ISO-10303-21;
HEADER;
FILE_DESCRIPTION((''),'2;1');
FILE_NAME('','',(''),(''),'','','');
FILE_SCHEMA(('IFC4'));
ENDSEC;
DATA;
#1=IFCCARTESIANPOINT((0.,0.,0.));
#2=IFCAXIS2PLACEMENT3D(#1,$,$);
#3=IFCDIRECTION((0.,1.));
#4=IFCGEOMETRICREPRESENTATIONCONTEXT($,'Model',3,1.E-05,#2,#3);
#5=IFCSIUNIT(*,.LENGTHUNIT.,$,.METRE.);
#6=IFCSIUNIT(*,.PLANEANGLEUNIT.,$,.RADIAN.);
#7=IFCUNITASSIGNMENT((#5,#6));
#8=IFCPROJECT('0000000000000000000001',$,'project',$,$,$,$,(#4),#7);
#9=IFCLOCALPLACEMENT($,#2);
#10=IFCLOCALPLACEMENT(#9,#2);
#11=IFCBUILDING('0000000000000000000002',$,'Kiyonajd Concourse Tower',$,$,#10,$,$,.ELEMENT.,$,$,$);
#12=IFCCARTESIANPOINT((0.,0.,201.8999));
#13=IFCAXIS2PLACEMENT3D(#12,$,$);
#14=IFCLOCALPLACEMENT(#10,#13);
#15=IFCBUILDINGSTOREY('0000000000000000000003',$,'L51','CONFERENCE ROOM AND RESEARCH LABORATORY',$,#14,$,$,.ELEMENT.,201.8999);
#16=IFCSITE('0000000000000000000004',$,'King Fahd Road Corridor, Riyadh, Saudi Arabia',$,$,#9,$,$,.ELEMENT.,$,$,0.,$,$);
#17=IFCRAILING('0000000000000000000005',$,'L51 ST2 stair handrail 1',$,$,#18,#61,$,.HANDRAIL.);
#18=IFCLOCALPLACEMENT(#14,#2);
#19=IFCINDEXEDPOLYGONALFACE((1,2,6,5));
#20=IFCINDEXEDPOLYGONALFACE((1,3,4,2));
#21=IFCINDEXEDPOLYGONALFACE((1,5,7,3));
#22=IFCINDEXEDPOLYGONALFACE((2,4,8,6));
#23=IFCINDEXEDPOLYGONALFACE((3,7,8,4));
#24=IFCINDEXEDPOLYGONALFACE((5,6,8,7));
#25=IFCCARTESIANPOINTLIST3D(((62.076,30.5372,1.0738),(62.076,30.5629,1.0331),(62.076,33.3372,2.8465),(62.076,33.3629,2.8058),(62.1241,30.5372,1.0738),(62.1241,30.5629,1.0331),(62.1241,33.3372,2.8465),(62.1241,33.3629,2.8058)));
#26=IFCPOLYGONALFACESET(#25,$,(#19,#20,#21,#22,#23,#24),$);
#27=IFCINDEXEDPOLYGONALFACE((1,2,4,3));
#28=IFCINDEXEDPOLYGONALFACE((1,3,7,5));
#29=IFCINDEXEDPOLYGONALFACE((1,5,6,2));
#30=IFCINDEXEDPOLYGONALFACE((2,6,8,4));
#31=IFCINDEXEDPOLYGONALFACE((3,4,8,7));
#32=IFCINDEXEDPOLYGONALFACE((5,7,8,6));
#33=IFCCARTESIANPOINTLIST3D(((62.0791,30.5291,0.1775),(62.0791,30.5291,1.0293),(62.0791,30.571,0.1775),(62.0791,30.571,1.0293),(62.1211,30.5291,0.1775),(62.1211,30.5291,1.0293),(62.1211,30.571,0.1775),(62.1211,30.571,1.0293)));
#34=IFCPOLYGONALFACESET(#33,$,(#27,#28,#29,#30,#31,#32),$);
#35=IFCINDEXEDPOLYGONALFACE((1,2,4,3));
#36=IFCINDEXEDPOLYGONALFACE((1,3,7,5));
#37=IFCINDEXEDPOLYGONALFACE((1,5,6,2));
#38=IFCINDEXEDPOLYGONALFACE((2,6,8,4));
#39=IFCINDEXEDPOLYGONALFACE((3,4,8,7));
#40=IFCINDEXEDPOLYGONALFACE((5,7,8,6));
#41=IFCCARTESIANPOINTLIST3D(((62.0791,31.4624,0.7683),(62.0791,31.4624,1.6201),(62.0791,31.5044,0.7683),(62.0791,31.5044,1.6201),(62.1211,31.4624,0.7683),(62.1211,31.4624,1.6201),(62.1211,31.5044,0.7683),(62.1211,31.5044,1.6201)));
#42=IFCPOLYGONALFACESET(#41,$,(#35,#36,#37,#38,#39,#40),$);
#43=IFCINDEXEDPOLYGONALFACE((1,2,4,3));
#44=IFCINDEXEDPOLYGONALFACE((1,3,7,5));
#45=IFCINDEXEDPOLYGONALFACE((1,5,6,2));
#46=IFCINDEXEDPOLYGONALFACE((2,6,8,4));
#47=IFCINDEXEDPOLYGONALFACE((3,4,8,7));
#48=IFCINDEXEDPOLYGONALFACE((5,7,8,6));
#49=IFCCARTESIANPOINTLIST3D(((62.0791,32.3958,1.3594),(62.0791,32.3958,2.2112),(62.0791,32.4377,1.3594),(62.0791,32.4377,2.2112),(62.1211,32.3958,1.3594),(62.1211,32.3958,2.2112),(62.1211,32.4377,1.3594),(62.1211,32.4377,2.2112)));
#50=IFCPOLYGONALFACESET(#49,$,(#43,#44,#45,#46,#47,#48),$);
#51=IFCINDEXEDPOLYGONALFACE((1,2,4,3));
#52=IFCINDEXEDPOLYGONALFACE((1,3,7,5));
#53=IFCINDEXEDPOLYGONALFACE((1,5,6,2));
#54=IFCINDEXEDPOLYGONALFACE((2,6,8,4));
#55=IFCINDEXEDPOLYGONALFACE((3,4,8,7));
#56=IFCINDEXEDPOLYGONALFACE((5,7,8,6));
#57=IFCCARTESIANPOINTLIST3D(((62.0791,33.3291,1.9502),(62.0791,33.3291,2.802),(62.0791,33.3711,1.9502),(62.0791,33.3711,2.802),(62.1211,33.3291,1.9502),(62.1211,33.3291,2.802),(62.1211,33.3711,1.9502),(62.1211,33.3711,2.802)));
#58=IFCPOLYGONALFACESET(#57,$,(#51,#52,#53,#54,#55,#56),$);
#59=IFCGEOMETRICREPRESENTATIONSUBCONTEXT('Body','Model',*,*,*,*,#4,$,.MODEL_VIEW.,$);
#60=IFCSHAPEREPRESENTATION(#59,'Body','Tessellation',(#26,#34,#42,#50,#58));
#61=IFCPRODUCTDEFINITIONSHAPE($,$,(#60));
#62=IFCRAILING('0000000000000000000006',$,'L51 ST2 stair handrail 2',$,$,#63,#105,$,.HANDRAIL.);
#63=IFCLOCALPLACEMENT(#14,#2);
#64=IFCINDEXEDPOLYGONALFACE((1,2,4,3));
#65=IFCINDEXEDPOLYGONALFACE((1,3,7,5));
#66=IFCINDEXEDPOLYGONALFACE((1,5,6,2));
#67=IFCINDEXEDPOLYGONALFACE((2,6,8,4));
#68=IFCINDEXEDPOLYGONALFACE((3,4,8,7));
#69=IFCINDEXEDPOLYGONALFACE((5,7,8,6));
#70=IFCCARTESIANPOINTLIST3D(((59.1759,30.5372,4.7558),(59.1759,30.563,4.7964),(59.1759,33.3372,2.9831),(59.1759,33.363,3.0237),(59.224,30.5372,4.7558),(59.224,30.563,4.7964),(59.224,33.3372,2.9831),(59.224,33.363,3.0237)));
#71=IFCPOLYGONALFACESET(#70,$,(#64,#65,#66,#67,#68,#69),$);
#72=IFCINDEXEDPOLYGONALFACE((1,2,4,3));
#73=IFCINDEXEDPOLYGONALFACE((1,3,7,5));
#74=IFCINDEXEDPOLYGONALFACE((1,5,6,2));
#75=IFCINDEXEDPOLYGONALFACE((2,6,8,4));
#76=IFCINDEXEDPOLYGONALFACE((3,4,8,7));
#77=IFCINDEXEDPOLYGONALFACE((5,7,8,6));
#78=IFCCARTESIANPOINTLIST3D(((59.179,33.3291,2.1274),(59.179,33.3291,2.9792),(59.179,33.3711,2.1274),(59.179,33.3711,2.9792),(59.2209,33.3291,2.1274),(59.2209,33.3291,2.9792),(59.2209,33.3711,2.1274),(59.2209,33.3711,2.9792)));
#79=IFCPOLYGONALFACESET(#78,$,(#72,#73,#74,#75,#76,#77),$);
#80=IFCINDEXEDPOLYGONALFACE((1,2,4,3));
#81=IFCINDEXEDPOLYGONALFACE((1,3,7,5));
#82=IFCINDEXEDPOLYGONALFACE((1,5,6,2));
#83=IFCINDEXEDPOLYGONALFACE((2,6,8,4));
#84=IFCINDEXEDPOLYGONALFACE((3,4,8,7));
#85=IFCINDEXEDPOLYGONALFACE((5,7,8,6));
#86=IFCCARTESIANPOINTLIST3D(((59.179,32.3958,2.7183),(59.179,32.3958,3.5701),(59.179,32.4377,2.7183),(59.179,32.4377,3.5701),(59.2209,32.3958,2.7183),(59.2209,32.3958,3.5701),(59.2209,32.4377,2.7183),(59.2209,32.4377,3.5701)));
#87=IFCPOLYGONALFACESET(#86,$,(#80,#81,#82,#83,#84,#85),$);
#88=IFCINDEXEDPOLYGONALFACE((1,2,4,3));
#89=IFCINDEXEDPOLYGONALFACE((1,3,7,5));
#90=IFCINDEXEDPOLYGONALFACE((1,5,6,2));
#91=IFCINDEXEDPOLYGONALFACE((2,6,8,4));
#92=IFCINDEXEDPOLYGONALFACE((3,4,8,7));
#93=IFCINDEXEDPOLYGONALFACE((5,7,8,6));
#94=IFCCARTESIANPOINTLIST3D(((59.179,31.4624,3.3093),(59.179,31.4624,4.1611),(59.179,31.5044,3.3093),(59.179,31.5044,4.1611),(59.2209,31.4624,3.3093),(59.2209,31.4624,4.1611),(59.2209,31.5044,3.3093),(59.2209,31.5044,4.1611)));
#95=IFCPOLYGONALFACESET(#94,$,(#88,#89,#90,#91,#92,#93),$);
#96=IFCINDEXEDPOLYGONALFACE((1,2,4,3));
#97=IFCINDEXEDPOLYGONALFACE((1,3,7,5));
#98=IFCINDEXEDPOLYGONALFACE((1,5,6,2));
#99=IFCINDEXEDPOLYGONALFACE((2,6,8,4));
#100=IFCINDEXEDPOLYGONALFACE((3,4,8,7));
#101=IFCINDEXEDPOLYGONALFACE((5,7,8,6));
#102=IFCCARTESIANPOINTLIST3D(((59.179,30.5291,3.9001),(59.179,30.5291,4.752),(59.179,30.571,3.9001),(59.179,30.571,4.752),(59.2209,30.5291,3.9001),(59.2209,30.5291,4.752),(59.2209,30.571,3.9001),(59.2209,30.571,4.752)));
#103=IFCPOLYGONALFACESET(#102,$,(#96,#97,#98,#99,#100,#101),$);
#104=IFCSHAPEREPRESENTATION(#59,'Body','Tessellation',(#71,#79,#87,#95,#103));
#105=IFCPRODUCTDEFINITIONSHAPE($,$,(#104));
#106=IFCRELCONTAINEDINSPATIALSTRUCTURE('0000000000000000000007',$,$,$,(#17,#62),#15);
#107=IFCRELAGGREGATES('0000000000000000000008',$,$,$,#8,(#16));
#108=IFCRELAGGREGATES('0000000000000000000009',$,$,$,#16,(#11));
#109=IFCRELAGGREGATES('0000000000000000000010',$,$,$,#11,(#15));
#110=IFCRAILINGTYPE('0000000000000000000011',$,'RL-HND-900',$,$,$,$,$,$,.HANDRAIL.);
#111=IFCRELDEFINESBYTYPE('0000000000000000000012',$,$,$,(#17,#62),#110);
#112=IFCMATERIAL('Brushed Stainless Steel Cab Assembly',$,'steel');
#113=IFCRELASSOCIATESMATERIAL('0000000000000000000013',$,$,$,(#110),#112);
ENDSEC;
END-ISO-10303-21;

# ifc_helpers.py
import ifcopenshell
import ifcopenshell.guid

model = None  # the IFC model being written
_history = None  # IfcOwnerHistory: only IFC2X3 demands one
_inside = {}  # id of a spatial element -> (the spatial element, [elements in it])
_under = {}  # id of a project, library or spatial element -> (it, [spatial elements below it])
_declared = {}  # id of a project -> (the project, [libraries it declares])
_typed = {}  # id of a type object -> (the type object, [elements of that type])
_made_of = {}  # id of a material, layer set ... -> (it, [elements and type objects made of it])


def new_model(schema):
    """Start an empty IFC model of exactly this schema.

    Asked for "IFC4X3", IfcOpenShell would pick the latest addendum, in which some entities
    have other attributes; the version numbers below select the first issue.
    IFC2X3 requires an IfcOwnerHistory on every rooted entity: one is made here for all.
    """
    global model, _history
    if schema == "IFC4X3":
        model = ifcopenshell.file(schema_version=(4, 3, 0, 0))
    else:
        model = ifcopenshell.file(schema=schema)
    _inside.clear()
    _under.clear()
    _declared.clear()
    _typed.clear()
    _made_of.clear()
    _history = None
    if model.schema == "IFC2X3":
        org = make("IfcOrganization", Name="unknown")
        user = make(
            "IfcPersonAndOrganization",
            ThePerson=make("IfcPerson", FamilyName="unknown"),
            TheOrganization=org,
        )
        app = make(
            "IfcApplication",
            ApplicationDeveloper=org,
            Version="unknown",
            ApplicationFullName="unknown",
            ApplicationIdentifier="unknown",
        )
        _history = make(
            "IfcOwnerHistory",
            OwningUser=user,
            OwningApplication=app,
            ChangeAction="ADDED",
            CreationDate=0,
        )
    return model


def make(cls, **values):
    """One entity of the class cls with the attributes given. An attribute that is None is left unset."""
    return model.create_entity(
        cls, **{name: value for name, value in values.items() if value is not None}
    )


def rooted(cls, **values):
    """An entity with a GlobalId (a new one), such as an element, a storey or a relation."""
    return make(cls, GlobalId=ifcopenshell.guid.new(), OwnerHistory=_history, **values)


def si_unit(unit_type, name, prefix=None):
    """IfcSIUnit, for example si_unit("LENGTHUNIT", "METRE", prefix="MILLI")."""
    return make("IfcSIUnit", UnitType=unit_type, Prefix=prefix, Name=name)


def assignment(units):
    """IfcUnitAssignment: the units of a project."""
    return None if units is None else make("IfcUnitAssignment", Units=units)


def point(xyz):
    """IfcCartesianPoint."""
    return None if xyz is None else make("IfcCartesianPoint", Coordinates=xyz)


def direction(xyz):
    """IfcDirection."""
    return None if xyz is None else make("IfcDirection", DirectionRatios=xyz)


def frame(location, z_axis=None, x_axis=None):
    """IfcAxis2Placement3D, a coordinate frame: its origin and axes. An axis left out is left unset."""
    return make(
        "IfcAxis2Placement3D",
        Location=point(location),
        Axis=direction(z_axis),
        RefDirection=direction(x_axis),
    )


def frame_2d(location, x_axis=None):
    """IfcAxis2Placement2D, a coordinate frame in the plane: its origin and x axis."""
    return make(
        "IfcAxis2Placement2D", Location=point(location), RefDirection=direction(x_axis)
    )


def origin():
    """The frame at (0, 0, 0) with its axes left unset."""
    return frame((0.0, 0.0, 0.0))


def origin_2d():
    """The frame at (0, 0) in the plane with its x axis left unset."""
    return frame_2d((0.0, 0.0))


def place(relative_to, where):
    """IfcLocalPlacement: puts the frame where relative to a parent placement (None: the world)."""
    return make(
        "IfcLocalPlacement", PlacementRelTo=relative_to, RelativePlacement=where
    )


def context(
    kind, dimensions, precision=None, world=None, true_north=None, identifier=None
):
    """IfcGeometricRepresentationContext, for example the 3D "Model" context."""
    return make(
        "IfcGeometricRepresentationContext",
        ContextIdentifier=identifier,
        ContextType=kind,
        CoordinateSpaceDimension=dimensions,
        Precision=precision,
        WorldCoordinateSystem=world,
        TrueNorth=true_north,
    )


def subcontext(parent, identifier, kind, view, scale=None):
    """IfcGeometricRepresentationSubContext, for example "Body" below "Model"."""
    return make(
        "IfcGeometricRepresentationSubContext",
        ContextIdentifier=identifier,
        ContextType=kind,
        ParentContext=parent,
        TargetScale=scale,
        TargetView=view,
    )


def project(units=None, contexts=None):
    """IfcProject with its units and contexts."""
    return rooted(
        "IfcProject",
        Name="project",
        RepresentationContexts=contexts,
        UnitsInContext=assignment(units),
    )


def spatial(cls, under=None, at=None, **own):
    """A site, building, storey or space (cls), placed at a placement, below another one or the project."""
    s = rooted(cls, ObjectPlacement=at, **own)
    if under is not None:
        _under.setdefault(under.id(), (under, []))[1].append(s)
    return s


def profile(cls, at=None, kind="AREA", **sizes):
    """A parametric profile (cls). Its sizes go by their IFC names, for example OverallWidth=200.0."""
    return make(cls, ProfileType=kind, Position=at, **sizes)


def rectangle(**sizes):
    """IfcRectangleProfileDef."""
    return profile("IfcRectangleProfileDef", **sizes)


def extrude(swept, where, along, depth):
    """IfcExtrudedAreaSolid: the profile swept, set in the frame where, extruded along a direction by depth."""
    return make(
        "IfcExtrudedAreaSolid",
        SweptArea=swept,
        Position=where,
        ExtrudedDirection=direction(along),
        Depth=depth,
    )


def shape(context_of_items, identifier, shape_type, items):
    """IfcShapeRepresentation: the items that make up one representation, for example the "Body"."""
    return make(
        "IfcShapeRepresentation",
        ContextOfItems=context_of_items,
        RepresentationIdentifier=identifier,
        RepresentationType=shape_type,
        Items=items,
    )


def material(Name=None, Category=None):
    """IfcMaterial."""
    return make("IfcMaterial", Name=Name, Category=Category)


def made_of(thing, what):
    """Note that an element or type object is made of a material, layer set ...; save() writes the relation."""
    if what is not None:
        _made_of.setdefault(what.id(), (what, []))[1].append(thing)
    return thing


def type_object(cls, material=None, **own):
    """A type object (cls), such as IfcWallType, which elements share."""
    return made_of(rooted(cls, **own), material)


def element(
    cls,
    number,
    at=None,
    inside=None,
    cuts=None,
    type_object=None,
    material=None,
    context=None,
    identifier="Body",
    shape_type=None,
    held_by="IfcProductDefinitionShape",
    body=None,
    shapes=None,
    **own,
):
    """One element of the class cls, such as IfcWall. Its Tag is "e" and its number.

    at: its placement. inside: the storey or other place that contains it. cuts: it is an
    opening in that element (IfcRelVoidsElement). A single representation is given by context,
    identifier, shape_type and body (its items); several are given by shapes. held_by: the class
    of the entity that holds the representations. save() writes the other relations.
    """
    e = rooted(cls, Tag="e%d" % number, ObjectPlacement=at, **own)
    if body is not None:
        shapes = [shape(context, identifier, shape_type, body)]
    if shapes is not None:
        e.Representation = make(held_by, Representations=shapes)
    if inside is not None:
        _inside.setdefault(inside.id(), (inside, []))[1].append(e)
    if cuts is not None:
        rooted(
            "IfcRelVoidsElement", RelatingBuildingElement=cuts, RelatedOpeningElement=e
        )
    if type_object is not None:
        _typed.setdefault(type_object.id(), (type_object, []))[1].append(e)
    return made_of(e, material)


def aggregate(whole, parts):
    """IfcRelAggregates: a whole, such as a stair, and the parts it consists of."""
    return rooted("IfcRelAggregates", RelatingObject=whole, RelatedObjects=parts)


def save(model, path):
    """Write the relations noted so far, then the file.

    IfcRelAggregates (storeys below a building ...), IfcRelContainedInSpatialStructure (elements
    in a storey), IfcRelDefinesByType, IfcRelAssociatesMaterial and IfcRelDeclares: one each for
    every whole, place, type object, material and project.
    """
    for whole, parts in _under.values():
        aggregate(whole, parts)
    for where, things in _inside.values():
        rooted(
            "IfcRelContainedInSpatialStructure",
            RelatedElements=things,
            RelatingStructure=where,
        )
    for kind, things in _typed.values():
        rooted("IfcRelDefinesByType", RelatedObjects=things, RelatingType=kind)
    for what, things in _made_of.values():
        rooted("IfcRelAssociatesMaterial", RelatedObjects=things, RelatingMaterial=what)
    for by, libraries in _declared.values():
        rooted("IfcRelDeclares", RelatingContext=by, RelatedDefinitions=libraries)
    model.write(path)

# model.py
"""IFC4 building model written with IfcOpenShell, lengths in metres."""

from ifc_helpers import new_model, si_unit, direction, frame, origin, origin_2d, place, context, subcontext, project, spatial, rectangle, extrude, material, type_object, element, save


model = new_model("IFC4")

# Units and contexts
model_context = context("Model", 3, precision=1e-05, world=origin(), true_north=direction((0.0, 1.0)))
body_context = subcontext(model_context, "Body", "Model", "MODEL_VIEW")
ifc_project = project(units=[si_unit("LENGTHUNIT", "METRE"), si_unit("PLANEANGLEUNIT", "RADIAN")], contexts=[model_context])

# Site, building, storey
site_placement = place(None, origin())
site = spatial("IfcSite", under=ifc_project, at=site_placement, Name="King Fahd Road Corridor, Riyadh, Saudi Arabia", CompositionType="ELEMENT", RefElevation=0.0)
building_placement = place(site_placement, origin())
building = spatial("IfcBuilding", under=site, at=building_placement, Name="Kiyonajd Concourse Tower", CompositionType="ELEMENT")
storey_placement = place(building_placement, frame((0.0, 0.0, 201.8999)))
storey = spatial("IfcBuildingStorey", under=building, at=storey_placement, Name="L51", Description="CONFERENCE ROOM AND RESEARCH LABORATORY", CompositionType="ELEMENT", Elevation=201.8999)

# Railings
ifc_material_1 = material(Name="Brushed Stainless Steel Cab Assembly", Category="steel")
railing_type_1 = type_object("IfcRailingType", Name="RL-HND-900", PredefinedType="HANDRAIL", material=ifc_material_1)
railing_1_placement = place(storey_placement, frame((62.1001, 30.55, 0.1775)))
element("IfcRailing", 1, at=railing_1_placement, inside=storey, type_object=railing_type_1, Name="L51 ST2 stair handrail 1", PredefinedType="HANDRAIL", context=body_context, shape_type="SweptSolid", body=[
    extrude(rectangle(XDim=0.0481, YDim=0.0481, at=origin_2d()), frame((0.0, 0.0, 0.876), z_axis=(0.0, 0.844909, 0.53491), x_axis=(-1.0, 0.0, 0.0)), (0.0, 0.0, 1.0), 3.314),
    extrude(rectangle(XDim=0.042, YDim=0.042, at=origin_2d()), origin(), (0.0, 0.0, 1.0), 0.8518),
    extrude(rectangle(XDim=0.042, YDim=0.042, at=origin_2d()), frame((0.0, 0.9333, 0.5908)), (0.0, 0.0, 1.0), 0.8518),
    extrude(rectangle(XDim=0.042, YDim=0.042, at=origin_2d()), frame((0.0, 1.8667, 1.1819)), (0.0, 0.0, 1.0), 0.8518),
    extrude(rectangle(XDim=0.042, YDim=0.042, at=origin_2d()), frame((0.0, 2.8, 1.7727)), (0.0, 0.0, 1.0), 0.8518),
])
railing_2_placement = place(storey_placement, frame((59.2, 33.3501, 2.1274)))
element("IfcRailing", 2, at=railing_2_placement, inside=storey, type_object=railing_type_1, Name="L51 ST2 stair handrail 2", PredefinedType="HANDRAIL", context=body_context, shape_type="SweptSolid", body=[
    extrude(rectangle(XDim=0.0481, YDim=0.0481, at=origin_2d()), frame((0.0, 0.0, 0.876), z_axis=(0.0, -0.844909, 0.53491), x_axis=(1.0, 0.0, 0.0)), (0.0, 0.0, 1.0), 3.314),
    extrude(rectangle(XDim=0.042, YDim=0.042, at=origin_2d()), origin(), (0.0, 0.0, 1.0), 0.8518),
    extrude(rectangle(XDim=0.042, YDim=0.042, at=origin_2d()), frame((0.0, -0.9333, 0.5908)), (0.0, 0.0, 1.0), 0.8518),
    extrude(rectangle(XDim=0.042, YDim=0.042, at=origin_2d()), frame((0.0, -1.8667, 1.1819)), (0.0, 0.0, 1.0), 0.8518),
    extrude(rectangle(XDim=0.042, YDim=0.042, at=origin_2d()), frame((0.0, -2.8, 1.7727)), (0.0, 0.0, 1.0), 0.8518),
])

save(model, "model.ifc")
